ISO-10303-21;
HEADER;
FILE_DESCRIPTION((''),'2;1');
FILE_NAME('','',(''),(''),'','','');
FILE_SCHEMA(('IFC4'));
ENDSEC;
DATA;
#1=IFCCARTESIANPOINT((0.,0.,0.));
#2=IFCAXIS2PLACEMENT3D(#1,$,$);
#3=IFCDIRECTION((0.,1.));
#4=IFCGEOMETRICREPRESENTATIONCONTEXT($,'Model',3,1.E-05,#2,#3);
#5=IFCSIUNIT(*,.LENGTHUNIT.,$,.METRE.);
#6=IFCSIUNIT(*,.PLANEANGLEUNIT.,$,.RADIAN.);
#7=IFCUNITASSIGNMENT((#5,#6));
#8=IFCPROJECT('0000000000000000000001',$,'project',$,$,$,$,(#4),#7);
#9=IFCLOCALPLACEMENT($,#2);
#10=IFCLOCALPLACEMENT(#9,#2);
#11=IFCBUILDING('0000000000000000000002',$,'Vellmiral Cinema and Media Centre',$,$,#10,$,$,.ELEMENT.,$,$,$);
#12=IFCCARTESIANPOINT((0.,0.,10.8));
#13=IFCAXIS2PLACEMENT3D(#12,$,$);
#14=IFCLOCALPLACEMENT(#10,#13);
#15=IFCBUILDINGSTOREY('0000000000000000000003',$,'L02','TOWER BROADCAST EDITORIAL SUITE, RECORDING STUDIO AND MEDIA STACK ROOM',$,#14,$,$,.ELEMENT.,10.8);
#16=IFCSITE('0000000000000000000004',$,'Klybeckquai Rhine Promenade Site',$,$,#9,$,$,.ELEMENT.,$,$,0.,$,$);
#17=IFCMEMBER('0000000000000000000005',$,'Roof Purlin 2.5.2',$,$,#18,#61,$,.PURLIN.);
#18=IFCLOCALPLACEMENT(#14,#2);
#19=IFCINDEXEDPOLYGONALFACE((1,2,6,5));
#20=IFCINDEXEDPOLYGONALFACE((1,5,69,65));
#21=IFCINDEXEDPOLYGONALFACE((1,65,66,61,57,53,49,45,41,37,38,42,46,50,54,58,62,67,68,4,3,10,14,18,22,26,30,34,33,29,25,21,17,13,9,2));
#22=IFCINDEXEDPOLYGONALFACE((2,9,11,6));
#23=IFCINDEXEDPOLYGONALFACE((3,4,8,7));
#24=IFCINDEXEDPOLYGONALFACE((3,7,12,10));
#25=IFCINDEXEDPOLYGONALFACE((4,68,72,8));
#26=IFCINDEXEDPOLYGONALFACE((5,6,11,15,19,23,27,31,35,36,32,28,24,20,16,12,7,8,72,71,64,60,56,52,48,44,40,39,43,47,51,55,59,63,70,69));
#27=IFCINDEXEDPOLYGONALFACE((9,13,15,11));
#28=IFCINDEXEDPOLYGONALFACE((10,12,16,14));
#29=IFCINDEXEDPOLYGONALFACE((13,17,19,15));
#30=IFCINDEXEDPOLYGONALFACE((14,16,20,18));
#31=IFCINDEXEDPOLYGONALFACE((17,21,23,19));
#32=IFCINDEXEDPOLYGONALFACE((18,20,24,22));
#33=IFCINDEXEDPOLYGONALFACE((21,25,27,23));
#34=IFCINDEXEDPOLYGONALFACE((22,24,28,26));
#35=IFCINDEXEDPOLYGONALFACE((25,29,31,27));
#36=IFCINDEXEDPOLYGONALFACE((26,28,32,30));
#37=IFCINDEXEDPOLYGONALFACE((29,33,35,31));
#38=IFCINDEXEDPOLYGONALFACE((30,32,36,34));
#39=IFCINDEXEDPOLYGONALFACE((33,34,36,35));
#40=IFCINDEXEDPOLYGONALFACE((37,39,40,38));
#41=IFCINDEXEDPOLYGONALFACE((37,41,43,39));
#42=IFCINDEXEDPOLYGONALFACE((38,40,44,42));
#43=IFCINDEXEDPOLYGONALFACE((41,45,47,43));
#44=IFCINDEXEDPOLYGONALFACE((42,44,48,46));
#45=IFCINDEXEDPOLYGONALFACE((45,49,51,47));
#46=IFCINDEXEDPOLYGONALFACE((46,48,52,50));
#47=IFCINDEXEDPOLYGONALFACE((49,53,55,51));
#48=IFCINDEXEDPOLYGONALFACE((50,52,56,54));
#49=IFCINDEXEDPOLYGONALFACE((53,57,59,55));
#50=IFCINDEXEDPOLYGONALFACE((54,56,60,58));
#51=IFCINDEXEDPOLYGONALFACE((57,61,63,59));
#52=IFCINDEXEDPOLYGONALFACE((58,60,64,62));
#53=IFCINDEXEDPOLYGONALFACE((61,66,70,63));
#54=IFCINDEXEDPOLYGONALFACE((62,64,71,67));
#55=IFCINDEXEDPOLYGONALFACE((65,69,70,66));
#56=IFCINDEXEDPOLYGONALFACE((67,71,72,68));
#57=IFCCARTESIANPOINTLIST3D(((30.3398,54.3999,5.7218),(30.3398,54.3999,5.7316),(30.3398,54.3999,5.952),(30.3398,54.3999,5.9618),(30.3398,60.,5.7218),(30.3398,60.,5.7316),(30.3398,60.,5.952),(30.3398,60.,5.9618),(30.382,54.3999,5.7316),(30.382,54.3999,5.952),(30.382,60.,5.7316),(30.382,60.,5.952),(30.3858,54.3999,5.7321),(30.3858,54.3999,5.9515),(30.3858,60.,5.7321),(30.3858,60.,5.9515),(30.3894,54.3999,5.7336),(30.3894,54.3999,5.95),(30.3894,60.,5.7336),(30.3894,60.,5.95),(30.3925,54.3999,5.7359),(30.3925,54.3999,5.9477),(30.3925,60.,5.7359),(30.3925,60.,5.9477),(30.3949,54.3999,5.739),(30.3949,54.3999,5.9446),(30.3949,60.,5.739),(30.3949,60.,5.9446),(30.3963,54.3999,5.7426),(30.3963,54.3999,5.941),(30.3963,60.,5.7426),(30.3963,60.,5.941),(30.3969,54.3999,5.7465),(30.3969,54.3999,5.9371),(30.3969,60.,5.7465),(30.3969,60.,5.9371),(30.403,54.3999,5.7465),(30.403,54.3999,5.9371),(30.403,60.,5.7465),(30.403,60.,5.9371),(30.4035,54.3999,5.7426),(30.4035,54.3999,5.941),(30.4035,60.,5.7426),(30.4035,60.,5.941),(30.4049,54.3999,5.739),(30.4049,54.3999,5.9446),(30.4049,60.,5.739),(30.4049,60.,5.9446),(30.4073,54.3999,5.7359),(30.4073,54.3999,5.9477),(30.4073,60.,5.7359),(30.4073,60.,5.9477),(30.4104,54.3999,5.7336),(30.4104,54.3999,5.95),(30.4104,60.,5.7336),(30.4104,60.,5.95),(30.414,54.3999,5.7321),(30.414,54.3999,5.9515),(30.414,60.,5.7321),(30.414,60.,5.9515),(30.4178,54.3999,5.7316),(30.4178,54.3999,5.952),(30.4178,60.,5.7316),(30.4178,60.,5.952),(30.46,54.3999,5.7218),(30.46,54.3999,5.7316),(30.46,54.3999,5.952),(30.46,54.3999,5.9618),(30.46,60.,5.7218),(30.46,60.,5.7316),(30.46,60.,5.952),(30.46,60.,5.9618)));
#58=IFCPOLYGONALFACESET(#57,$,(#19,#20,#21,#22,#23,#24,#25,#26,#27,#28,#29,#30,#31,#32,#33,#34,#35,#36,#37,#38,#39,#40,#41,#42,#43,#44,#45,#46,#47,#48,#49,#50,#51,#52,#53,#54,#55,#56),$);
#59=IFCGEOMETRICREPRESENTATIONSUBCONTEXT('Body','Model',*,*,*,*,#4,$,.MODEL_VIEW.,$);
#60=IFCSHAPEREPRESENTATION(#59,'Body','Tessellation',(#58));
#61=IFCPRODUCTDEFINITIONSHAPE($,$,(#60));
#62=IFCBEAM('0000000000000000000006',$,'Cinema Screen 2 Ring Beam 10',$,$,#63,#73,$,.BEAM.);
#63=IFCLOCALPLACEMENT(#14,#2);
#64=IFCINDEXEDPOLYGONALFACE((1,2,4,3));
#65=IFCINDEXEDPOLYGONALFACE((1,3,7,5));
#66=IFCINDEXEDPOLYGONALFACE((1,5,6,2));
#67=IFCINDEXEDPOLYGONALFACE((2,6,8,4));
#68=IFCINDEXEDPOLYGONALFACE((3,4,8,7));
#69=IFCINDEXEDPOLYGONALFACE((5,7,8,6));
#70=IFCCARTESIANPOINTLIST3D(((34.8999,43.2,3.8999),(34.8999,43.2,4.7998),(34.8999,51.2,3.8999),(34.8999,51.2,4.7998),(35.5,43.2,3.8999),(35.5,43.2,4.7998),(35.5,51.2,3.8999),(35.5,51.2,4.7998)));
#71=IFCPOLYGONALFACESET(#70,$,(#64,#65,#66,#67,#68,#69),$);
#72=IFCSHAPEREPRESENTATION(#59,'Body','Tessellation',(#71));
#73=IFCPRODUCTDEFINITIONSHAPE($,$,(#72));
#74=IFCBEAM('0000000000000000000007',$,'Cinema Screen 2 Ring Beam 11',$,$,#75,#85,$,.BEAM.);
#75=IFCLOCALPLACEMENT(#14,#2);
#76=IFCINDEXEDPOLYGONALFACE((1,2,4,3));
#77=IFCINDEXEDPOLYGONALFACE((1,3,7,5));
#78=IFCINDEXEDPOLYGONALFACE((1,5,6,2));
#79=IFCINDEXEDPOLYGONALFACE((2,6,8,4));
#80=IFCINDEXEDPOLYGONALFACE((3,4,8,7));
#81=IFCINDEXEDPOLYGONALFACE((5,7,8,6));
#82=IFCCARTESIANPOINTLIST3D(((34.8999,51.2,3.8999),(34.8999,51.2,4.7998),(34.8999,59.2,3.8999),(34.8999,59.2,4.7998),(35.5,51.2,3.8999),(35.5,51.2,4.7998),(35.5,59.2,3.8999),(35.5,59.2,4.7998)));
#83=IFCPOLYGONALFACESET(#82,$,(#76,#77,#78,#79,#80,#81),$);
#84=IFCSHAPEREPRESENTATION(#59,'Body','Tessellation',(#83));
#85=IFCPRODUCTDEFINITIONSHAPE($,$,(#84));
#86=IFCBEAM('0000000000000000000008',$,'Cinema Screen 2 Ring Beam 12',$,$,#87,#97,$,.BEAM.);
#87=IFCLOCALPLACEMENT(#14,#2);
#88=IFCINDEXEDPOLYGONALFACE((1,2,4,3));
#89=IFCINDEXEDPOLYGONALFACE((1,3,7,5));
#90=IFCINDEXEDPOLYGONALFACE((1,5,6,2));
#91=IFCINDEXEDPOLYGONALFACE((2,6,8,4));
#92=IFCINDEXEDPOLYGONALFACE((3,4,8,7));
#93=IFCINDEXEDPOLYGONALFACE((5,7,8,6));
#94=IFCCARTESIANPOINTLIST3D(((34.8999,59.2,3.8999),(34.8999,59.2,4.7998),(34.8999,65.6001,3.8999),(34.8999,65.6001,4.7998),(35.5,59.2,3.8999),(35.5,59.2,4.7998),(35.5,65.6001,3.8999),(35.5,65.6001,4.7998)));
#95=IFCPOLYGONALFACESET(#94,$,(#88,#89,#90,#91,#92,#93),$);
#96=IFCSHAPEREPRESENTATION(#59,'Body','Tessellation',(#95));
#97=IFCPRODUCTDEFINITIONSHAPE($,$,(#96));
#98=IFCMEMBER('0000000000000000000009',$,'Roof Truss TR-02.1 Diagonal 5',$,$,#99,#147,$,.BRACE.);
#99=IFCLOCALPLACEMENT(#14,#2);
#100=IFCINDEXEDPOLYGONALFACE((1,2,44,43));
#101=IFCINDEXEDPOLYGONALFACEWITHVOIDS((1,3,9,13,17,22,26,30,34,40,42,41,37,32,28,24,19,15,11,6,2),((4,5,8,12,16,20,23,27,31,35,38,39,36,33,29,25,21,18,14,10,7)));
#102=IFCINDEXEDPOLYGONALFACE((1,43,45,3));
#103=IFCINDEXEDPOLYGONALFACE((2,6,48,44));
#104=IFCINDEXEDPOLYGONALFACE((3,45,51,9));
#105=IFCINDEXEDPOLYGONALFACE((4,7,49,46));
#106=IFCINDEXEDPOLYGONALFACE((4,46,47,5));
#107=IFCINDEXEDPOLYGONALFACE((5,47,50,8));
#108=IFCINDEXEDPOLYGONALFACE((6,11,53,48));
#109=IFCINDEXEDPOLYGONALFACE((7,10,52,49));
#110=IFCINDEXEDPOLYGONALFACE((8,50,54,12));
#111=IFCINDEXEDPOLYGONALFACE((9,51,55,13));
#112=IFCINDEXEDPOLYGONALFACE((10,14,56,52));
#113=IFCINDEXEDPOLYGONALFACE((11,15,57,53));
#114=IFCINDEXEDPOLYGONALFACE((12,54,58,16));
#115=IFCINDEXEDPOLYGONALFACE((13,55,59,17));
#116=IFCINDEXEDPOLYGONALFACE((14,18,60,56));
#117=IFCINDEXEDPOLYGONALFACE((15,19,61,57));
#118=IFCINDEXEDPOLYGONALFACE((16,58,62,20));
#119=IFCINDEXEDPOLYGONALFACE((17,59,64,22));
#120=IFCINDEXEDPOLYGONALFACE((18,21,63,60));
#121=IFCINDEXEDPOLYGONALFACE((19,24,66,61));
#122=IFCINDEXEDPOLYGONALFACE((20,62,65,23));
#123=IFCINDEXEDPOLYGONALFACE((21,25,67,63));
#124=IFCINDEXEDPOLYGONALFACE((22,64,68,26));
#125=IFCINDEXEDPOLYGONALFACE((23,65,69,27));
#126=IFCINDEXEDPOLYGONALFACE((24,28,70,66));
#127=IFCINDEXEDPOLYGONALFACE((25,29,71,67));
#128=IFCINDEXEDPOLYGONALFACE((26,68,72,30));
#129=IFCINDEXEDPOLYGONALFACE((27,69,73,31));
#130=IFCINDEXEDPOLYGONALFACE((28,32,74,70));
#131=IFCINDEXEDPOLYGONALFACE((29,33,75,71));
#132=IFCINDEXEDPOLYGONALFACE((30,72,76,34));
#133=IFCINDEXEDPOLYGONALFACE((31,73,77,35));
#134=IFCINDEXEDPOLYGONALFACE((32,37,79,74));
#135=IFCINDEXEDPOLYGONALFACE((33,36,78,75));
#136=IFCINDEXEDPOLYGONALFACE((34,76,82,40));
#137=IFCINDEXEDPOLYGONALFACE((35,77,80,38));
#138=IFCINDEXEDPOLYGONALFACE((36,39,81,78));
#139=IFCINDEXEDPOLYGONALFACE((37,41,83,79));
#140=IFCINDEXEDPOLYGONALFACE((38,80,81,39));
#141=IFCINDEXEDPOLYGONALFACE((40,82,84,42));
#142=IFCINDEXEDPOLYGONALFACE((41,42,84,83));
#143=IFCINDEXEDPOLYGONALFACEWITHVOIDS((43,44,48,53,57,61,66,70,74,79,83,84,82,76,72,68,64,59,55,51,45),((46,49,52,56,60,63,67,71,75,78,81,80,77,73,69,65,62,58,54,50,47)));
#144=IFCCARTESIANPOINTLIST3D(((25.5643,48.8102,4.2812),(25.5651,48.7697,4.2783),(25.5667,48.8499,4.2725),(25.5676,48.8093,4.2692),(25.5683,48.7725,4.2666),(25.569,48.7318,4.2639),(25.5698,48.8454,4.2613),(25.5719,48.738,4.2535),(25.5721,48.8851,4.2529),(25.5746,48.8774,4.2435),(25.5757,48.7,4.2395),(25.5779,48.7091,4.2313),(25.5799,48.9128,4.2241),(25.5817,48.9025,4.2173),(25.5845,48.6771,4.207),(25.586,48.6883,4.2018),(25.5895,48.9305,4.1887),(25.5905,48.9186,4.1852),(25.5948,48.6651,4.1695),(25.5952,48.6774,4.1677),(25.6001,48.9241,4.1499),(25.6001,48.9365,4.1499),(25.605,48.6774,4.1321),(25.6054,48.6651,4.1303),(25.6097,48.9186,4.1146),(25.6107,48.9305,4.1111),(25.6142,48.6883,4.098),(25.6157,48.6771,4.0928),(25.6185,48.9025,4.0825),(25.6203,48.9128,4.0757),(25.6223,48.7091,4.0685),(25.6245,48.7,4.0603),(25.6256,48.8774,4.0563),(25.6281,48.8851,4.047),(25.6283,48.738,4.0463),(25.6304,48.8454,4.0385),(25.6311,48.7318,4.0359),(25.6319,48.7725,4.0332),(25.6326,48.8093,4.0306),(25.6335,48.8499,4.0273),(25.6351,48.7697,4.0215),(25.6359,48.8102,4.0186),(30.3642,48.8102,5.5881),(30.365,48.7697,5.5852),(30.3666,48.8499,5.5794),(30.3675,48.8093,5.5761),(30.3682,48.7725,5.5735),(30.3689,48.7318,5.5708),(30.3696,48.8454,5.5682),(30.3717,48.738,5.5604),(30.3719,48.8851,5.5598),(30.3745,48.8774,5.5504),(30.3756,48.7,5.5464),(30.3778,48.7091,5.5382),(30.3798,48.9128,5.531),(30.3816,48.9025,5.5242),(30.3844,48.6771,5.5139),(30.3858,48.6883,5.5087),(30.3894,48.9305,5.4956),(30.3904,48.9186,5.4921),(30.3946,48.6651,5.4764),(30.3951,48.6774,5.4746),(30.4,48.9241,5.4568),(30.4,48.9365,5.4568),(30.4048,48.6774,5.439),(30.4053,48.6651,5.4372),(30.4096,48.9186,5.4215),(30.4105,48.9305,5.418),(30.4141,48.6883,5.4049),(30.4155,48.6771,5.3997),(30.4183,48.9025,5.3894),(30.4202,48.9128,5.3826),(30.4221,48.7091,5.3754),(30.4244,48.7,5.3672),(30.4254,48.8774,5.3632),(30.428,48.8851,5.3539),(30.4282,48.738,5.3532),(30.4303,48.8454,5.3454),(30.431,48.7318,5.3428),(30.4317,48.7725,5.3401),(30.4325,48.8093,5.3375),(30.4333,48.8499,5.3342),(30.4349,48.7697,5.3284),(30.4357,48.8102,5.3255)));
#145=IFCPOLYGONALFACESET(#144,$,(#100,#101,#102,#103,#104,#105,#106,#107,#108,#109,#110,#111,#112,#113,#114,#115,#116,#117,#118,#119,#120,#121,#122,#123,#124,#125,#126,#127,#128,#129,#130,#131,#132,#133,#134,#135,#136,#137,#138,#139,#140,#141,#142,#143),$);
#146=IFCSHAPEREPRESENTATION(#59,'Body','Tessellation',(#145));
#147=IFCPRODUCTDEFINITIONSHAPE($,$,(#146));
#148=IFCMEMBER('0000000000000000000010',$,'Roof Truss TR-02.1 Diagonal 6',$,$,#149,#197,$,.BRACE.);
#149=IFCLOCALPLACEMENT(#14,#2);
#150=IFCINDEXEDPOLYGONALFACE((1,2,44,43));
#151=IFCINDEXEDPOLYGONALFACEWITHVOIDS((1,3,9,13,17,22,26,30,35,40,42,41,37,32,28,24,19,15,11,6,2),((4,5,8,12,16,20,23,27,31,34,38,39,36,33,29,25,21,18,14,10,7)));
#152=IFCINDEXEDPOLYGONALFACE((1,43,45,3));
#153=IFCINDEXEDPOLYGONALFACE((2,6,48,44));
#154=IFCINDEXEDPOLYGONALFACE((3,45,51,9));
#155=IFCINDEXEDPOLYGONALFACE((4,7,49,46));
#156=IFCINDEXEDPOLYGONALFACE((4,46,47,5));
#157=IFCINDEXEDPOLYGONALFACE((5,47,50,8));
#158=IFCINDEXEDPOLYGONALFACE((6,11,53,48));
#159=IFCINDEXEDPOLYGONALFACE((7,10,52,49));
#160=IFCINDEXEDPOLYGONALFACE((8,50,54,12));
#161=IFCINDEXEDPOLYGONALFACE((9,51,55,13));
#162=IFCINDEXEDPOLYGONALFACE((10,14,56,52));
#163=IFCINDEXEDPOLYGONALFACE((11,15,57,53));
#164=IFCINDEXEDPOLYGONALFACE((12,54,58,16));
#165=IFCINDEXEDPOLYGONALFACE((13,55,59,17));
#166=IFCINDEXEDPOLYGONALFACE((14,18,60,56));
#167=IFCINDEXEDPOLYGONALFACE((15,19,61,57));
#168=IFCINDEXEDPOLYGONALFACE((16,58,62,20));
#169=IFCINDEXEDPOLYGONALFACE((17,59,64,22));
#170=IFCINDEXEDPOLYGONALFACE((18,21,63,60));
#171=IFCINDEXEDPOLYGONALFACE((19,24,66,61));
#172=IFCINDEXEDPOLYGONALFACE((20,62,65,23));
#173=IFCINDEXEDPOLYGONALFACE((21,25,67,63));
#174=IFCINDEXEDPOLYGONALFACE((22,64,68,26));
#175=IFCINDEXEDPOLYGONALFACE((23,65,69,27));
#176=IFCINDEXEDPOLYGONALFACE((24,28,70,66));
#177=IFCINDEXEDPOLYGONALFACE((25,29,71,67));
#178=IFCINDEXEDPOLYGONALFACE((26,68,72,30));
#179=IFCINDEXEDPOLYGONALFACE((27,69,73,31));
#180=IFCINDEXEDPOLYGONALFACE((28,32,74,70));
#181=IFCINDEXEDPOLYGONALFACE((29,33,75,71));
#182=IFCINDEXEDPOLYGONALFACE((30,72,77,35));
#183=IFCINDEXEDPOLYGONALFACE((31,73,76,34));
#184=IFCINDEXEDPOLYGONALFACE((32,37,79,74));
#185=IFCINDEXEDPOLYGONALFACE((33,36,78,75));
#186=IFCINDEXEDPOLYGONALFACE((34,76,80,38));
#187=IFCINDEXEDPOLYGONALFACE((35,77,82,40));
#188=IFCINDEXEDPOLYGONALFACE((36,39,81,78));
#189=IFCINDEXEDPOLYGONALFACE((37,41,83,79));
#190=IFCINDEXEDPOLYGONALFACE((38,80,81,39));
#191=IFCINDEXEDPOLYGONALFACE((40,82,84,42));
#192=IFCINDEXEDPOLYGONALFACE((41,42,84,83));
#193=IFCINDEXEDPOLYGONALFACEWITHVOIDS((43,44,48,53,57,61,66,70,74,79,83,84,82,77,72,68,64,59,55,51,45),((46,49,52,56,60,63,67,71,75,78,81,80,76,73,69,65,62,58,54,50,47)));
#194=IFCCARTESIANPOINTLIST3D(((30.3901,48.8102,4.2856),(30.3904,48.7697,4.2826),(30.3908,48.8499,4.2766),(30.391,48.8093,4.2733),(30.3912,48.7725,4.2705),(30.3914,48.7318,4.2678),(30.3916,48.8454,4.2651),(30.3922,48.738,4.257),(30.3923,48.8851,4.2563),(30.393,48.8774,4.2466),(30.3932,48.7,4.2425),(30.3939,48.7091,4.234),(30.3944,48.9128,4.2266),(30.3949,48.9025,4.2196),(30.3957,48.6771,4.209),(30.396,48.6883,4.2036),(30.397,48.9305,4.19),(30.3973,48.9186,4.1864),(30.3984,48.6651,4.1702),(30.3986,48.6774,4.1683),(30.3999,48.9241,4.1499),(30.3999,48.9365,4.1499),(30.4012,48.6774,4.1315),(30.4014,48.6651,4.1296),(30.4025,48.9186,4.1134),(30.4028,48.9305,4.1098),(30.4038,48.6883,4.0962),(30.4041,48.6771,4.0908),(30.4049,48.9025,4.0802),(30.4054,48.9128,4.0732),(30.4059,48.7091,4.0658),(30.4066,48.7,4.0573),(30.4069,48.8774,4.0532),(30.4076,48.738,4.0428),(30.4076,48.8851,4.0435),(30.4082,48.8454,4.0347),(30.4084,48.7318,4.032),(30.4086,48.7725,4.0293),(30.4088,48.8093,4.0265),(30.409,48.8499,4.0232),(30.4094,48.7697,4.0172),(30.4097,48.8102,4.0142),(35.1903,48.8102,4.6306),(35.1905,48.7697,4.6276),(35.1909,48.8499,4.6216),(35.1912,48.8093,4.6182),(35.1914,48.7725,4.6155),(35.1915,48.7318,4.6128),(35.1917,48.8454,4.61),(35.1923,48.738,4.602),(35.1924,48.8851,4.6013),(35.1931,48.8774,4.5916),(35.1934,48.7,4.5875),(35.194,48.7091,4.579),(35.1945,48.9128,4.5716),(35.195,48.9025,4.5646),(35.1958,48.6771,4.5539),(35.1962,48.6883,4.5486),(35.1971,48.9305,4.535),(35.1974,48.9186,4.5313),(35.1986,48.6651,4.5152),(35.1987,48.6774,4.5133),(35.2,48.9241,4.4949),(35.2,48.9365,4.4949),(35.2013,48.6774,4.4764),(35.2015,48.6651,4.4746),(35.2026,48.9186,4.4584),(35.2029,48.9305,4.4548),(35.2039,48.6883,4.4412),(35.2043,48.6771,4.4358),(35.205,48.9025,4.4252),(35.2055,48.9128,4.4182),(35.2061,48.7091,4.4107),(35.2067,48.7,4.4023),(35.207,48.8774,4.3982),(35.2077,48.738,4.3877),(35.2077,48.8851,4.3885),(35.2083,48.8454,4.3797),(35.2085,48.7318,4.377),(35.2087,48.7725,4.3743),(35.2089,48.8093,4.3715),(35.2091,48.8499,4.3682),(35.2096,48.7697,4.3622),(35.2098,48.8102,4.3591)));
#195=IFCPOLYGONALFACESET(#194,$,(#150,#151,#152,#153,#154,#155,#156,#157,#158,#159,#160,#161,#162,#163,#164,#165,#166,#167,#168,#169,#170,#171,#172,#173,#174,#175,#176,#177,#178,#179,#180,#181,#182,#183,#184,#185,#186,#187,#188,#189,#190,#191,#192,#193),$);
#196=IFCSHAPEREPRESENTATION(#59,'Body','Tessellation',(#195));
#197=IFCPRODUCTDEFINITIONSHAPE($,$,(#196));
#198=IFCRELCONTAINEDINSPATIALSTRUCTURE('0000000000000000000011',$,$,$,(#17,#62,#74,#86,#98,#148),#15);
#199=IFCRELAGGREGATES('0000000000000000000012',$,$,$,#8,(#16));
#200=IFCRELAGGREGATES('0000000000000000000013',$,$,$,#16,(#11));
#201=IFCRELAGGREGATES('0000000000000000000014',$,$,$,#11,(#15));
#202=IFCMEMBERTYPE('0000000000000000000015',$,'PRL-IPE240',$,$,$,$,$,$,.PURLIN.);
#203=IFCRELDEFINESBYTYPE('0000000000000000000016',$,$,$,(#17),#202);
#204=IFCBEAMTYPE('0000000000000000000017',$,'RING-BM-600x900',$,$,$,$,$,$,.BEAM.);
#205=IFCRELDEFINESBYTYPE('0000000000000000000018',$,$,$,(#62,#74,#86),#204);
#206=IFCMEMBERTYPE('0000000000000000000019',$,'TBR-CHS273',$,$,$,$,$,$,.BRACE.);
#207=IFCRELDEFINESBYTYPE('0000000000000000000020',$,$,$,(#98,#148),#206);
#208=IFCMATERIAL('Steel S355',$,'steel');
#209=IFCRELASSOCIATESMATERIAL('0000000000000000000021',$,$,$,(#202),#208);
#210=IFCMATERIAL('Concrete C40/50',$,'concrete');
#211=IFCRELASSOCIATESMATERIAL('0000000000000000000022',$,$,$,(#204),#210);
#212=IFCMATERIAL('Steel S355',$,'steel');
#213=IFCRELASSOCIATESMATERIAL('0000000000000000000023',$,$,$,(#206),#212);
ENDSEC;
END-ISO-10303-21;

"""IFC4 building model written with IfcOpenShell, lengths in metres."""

from ifc_helpers import new_model, si_unit, direction, frame, origin, origin_2d, place, context, subcontext, project, spatial, rectangle, hollow_circle, i_section, extrude, material, material_profile, profile_set, type_object, element, save


model = new_model("IFC4")

# Units and contexts
model_context = context("Model", 3, precision=1e-05, world=origin(), true_north=direction((0.0, 1.0)))
body_context = subcontext(model_context, "Body", "Model", "MODEL_VIEW")
ifc_project = project(units=[si_unit("LENGTHUNIT", "METRE"), si_unit("PLANEANGLEUNIT", "RADIAN")], contexts=[model_context])

# Site, building, storey
site_placement = place(None, origin())
site = spatial("IfcSite", under=ifc_project, at=site_placement, Name="Klybeckquai Rhine Promenade Site", CompositionType="ELEMENT", RefElevation=0.0)
building_placement = place(site_placement, origin())
building = spatial("IfcBuilding", under=site, at=building_placement, Name="Vellmiral Cinema and Media Centre", CompositionType="ELEMENT")
storey_placement = place(building_placement, frame((0.0, 0.0, 10.8)))
storey = spatial("IfcBuildingStorey", under=building, at=storey_placement, Name="L02", Description="TOWER BROADCAST EDITORIAL SUITE, RECORDING STUDIO AND MEDIA STACK ROOM", CompositionType="ELEMENT", Elevation=10.8)

# Member
ifc_material_1 = material(Name="Steel S355", Category="steel")
ifc_material_profile_1 = material_profile(ifc_material_1, i_section(OverallWidth=0.1201, OverallDepth=0.24, WebThickness=0.0061, FlangeThickness=0.0098, FilletRadius=0.0149, at=origin_2d()), Name="IPE 240")
ifc_profile_set_1 = profile_set([ifc_material_profile_1], Name="Steel S355")
member_type_1 = type_object("IfcMemberType", Name="PRL-IPE240", PredefinedType="PURLIN", material=ifc_profile_set_1)
member_1_placement = place(storey_placement, frame((30.3999, 54.3999, 5.8418), z_axis=(0.0, 1.0, 0.0), x_axis=(-1.0, 0.0, 0.0)))
element("IfcMember", 1, at=member_1_placement, inside=storey, type_object=member_type_1, Name="Roof Purlin 2.5.2", PredefinedType="PURLIN", context=body_context, shape_type="SweptSolid", body=[
    extrude(i_section(OverallWidth=0.1201, OverallDepth=0.24, WebThickness=0.0061, FlangeThickness=0.0098, FilletRadius=0.0149, at=origin_2d()), origin(), (0.0, 0.0, 1.0), 5.6001),
])

# Beams
ifc_material_2 = material(Name="Concrete C40/50", Category="concrete")
ifc_material_profile_2 = material_profile(ifc_material_2, rectangle(XDim=0.6001, YDim=0.8999, at=origin_2d()), Name="RC 600x900")
ifc_profile_set_2 = profile_set([ifc_material_profile_2], Name="Concrete C40/50")
beam_type = type_object("IfcBeamType", Name="RING-BM-600x900", PredefinedType="BEAM", material=ifc_profile_set_2)
for number, where, z_axis, x_axis, name in (
    (2, (35.2, 43.2, 4.3499), (0.0, 1.0, 0.0), (-1.0, 0.0, 0.0), "Cinema Screen 2 Ring Beam 10"),
    (3, (35.2, 51.2, 4.3499), (0.0, 1.0, 0.0), (-1.0, 0.0, 0.0), "Cinema Screen 2 Ring Beam 11"),
):
    element("IfcBeam", number, at=place(storey_placement, frame(where, z_axis=z_axis, x_axis=x_axis)), inside=storey, type_object=beam_type, Name=name, PredefinedType="BEAM", context=body_context, shape_type="SweptSolid", body=[
        extrude(rectangle(XDim=0.6001, YDim=0.8999, at=origin_2d()), origin(), (0.0, 0.0, 1.0), 8.0),
    ])
beam_placement = place(storey_placement, frame((35.2, 59.2, 4.3499), z_axis=(0.0, 1.0, 0.0), x_axis=(-1.0, 0.0, 0.0)))
element("IfcBeam", 4, at=beam_placement, inside=storey, type_object=beam_type, Name="Cinema Screen 2 Ring Beam 12", PredefinedType="BEAM", context=body_context, shape_type="SweptSolid", body=[
    extrude(rectangle(XDim=0.6001, YDim=0.8999, at=origin_2d()), origin(), (0.0, 0.0, 1.0), 6.4001),
])

# Members
ifc_material_3 = material(Name="Steel S355", Category="steel")
ifc_material_profile_3 = material_profile(ifc_material_3, hollow_circle(Radius=0.1365, WallThickness=0.0125, at=origin_2d()), Name="CHS 273.0x12.5")
ifc_profile_set_3 = profile_set([ifc_material_profile_3], Name="Steel S355")
member_type_2 = type_object("IfcMemberType", Name="TBR-CHS273", PredefinedType="BRACE", material=ifc_profile_set_3)
member_2_placement = place(storey_placement, frame((25.6001, 48.8, 4.1499), z_axis=(0.964874, 0.0, 0.262715), x_axis=(0.0, 1.0, 0.0)))
element("IfcMember", 5, at=member_2_placement, inside=storey, type_object=member_type_2, Name="Roof Truss TR-02.1 Diagonal 5", PredefinedType="BRACE", context=body_context, shape_type="SweptSolid", body=[
    extrude(hollow_circle(Radius=0.1365, WallThickness=0.0125, at=origin_2d()), origin(), (0.0, 0.0, 1.0), 4.9746),
])
member_3_placement = place(storey_placement, frame((30.3999, 48.8, 4.1499), z_axis=(0.997427, 0.0, 0.071683), x_axis=(0.0, 1.0, 0.0)))
element("IfcMember", 6, at=member_3_placement, inside=storey, type_object=member_type_2, Name="Roof Truss TR-02.1 Diagonal 6", PredefinedType="BRACE", context=body_context, shape_type="SweptSolid", body=[
    extrude(hollow_circle(Radius=0.1365, WallThickness=0.0125, at=origin_2d()), origin(), (0.0, 0.0, 1.0), 4.8125),
])

save(model, "model.ifc")
